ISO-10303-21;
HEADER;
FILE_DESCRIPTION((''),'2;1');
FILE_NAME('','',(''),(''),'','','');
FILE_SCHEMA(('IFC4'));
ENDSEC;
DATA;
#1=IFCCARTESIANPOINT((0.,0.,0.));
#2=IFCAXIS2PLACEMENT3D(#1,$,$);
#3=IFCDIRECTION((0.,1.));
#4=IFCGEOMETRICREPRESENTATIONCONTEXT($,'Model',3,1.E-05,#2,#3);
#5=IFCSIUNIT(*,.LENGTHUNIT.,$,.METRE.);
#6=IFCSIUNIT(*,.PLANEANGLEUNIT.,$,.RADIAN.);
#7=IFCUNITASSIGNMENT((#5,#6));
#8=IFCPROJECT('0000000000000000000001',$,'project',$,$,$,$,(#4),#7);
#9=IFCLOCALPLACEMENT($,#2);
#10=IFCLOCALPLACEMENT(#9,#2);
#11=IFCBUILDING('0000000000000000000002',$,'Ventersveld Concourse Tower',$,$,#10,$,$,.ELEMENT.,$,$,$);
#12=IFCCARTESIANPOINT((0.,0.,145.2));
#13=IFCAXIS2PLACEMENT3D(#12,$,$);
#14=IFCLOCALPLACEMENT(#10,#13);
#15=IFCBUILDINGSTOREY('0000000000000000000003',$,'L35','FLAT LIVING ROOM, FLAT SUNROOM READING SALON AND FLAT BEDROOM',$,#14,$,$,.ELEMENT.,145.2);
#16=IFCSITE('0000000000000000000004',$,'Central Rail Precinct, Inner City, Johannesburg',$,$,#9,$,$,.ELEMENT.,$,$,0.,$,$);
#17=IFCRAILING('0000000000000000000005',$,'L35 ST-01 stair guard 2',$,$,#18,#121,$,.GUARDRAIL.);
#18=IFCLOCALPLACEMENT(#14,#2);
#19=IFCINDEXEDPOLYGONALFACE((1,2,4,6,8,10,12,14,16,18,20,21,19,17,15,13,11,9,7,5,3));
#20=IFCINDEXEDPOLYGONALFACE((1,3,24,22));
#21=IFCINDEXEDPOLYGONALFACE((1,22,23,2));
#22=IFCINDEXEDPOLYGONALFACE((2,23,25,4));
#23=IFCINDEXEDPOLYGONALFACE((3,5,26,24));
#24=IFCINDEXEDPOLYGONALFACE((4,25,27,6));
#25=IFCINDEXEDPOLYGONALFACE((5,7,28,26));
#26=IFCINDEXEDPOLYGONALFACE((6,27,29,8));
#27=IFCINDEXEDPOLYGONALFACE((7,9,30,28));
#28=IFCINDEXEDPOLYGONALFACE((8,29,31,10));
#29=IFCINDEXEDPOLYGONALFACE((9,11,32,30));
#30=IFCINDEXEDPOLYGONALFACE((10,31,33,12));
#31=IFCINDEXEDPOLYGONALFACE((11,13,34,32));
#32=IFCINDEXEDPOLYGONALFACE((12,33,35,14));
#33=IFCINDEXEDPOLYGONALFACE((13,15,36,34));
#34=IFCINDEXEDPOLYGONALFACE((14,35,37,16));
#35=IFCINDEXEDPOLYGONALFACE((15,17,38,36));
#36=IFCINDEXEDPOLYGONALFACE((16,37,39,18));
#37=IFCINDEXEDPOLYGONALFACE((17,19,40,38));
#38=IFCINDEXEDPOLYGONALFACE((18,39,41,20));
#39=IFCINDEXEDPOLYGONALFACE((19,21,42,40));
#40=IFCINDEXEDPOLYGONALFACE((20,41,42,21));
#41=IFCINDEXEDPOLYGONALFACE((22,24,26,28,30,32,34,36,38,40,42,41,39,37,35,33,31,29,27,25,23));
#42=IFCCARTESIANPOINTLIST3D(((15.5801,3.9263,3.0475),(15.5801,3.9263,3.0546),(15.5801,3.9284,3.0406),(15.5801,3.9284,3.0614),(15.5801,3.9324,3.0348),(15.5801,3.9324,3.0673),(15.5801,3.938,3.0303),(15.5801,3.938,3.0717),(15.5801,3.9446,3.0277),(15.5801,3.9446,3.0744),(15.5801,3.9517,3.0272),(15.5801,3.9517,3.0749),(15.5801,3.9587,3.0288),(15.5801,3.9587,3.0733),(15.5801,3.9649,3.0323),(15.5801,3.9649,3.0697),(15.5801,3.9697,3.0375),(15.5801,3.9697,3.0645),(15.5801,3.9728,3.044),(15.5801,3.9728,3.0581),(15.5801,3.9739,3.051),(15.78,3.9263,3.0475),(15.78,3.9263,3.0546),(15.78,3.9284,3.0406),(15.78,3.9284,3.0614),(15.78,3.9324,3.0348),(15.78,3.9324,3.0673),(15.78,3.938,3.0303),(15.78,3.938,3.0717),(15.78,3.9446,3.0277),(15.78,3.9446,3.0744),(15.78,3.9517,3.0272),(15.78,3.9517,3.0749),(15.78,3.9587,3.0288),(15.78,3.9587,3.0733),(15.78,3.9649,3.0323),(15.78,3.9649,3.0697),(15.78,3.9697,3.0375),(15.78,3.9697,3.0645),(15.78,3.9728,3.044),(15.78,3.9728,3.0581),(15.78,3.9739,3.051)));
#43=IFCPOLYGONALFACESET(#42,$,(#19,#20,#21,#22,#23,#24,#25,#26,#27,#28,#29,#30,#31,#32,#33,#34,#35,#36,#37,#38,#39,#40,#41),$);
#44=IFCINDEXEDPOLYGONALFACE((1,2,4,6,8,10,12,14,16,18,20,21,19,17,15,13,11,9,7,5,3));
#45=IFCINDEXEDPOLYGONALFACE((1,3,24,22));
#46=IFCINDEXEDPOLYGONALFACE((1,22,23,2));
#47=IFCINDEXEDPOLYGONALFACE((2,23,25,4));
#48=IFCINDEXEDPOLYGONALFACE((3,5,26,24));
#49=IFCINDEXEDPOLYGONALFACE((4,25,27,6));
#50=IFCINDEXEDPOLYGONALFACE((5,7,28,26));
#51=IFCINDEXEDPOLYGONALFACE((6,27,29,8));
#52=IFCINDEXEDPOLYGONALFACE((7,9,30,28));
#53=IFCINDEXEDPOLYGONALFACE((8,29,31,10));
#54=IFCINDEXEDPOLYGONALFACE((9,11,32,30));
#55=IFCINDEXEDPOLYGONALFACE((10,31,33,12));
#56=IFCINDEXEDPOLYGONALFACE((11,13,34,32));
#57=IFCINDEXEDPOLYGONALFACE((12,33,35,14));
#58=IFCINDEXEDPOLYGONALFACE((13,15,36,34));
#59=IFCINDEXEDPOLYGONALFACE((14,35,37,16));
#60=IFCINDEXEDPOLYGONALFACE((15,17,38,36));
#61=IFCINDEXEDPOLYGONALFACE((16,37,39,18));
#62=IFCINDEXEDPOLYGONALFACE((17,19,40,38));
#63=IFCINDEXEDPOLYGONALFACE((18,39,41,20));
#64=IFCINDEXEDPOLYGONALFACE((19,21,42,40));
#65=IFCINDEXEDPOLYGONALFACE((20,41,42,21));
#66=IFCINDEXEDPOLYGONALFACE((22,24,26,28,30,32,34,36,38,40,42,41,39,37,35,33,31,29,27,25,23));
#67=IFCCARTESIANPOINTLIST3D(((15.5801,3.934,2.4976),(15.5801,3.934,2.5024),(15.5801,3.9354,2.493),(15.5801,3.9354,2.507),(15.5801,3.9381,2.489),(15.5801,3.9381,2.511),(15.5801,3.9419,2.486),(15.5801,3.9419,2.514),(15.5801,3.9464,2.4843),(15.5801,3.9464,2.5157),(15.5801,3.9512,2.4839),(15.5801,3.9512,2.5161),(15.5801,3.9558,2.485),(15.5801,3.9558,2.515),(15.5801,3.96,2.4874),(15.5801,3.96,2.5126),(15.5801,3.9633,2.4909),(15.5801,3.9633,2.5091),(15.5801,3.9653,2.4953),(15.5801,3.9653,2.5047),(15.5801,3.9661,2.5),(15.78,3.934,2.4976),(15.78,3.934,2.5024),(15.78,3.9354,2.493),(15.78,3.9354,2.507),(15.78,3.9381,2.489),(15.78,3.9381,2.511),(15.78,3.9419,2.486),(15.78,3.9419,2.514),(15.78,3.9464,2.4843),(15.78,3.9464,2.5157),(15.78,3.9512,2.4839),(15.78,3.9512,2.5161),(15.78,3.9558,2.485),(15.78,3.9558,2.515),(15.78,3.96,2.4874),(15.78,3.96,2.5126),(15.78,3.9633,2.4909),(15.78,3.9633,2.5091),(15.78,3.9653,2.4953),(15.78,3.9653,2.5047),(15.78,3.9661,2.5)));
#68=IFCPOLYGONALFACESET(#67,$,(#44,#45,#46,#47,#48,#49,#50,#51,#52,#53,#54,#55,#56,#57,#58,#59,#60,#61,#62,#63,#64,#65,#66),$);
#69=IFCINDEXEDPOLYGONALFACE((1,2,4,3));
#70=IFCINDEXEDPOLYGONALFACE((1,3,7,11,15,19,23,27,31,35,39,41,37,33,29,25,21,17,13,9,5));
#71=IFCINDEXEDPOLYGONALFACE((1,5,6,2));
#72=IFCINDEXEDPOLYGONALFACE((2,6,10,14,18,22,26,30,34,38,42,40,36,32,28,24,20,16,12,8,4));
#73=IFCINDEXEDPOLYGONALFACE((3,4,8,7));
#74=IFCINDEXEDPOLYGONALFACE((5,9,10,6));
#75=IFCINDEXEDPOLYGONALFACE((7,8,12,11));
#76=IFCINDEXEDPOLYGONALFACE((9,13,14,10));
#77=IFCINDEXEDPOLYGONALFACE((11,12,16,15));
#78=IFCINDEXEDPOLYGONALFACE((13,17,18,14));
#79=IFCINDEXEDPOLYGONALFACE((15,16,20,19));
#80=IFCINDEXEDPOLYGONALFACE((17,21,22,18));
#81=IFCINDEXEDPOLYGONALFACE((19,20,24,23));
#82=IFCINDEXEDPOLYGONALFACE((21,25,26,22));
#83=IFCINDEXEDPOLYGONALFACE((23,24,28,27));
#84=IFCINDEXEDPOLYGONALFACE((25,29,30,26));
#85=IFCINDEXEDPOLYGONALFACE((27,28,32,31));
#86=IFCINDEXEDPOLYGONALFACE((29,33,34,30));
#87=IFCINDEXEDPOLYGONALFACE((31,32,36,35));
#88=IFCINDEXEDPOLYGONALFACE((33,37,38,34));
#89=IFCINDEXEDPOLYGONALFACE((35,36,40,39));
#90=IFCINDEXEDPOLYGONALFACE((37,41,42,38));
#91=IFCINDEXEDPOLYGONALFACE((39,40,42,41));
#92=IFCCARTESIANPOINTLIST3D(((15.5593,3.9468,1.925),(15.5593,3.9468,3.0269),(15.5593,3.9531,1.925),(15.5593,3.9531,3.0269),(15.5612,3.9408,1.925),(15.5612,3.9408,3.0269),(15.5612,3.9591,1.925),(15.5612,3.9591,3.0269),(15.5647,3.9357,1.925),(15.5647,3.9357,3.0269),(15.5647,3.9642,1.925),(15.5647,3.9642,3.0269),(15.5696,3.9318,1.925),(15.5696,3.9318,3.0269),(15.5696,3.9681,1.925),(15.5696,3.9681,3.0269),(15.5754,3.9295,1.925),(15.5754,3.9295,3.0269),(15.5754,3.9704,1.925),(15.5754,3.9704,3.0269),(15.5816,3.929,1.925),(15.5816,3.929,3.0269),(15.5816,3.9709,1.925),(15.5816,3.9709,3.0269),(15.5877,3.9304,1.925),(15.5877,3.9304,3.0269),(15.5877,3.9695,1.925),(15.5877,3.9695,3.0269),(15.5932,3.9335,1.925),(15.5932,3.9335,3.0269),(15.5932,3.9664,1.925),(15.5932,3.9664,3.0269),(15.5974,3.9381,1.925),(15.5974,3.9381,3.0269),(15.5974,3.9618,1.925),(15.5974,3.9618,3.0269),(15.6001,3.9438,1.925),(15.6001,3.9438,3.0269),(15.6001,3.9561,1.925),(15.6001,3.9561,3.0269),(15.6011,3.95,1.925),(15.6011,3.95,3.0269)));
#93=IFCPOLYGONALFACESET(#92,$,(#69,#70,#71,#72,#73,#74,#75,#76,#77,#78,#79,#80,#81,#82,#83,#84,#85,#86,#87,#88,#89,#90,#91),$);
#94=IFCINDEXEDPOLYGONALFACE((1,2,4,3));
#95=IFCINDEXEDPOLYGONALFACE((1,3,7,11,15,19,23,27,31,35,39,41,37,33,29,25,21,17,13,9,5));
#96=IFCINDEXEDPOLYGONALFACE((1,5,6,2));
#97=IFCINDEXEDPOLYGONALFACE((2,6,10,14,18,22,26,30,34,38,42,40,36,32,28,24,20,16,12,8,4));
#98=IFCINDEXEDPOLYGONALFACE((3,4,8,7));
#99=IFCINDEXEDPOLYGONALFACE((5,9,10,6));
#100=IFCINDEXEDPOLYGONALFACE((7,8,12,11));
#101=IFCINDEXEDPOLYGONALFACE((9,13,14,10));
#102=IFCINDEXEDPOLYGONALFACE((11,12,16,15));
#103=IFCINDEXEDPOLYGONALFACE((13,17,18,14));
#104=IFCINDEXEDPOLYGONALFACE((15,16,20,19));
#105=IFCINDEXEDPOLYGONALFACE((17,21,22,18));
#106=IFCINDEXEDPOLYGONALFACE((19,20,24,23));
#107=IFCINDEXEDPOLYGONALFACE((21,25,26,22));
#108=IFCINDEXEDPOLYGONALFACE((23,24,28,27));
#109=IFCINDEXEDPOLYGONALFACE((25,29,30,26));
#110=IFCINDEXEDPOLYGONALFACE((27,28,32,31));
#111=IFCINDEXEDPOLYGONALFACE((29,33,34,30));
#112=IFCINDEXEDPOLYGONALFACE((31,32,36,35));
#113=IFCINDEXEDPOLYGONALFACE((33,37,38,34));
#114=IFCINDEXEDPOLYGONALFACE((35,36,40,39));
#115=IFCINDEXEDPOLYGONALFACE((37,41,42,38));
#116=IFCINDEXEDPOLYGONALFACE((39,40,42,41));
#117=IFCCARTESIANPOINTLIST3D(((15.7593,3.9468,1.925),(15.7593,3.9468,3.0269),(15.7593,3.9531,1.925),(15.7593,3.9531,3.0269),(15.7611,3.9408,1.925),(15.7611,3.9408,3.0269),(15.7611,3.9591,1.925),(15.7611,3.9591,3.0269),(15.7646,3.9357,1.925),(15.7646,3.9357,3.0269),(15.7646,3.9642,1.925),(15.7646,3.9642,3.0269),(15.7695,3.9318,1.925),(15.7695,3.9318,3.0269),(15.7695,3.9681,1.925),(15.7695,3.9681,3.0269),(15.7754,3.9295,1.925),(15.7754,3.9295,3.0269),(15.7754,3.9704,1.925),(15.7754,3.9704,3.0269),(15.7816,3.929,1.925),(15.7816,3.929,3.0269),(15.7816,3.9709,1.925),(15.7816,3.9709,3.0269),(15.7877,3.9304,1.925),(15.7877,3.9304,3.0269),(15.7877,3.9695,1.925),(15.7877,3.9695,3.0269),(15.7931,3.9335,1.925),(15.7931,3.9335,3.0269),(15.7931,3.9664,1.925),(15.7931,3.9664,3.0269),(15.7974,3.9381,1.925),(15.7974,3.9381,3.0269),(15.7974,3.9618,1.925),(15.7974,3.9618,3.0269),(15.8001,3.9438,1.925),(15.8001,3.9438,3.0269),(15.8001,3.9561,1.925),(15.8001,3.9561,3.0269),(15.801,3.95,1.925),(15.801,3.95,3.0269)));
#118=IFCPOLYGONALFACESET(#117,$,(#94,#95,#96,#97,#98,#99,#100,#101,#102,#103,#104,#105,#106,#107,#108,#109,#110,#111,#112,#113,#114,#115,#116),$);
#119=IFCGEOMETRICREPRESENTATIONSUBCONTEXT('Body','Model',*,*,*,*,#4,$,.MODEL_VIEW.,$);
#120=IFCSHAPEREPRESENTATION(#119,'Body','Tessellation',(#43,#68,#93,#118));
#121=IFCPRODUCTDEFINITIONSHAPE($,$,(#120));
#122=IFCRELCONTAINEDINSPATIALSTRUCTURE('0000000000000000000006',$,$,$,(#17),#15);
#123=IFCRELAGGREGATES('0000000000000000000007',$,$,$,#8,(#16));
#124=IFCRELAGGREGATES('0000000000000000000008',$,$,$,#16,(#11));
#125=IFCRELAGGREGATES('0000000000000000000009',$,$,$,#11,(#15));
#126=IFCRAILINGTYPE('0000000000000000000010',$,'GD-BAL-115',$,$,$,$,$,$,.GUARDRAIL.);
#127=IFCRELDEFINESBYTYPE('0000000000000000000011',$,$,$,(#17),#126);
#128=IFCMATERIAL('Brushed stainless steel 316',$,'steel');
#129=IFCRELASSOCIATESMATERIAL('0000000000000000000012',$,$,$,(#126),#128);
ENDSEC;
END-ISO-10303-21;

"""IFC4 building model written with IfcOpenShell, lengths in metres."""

from ifc_helpers import new_model, si_unit, direction, frame, origin, origin_2d, place, context, subcontext, project, spatial, circle, extrude, material, type_object, element, save


model = new_model("IFC4")

# Units and contexts
model_context = context("Model", 3, precision=1e-05, world=origin(), true_north=direction((0.0, 1.0)))
body_context = subcontext(model_context, "Body", "Model", "MODEL_VIEW")
ifc_project = project(units=[si_unit("LENGTHUNIT", "METRE"), si_unit("PLANEANGLEUNIT", "RADIAN")], contexts=[model_context])

# Site, building, storey
site_placement = place(None, origin())
site = spatial("IfcSite", under=ifc_project, at=site_placement, Name="Central Rail Precinct, Inner City, Johannesburg", CompositionType="ELEMENT", RefElevation=0.0)
building_placement = place(site_placement, origin())
building = spatial("IfcBuilding", under=site, at=building_placement, Name="Ventersveld Concourse Tower", CompositionType="ELEMENT")
storey_placement = place(building_placement, frame((0.0, 0.0, 145.2)))
storey = spatial("IfcBuildingStorey", under=building, at=storey_placement, Name="L35", Description="FLAT LIVING ROOM, FLAT SUNROOM READING SALON AND FLAT BEDROOM", CompositionType="ELEMENT", Elevation=145.2)

# Railing
ifc_material_1 = material(Name="Brushed stainless steel 316", Category="steel")
railing_type_1 = type_object("IfcRailingType", Name="GD-BAL-115", PredefinedType="GUARDRAIL", material=ifc_material_1)
railing_1_placement = place(storey_placement, frame((15.5801, 3.95, 1.925)))
element("IfcRailing", 1, at=railing_1_placement, inside=storey, type_object=railing_type_1, Name="L35 ST-01 stair guard 2", PredefinedType="GUARDRAIL", context=body_context, shape_type="SweptSolid", body=[
    extrude(circle(Radius=0.0239, at=origin_2d()), frame((0.0, 0.0, 1.126), z_axis=(1.0, 0.0, 0.0), x_axis=(0.0, 1.0, 0.0)), (0.0, 0.0, 1.0), 0.2),
    extrude(circle(Radius=0.0161, at=origin_2d()), frame((0.0, 0.0, 0.575), z_axis=(1.0, 0.0, 0.0), x_axis=(0.0, 1.0, 0.0)), (0.0, 0.0, 1.0), 0.2),
    extrude(circle(Radius=0.021, at=origin_2d()), origin(), (0.0, 0.0, 1.0), 1.1018),
    extrude(circle(Radius=0.021, at=origin_2d()), frame((0.2, 0.0, 0.0)), (0.0, 0.0, 1.0), 1.1018),
])

save(model, "model.ifc")
